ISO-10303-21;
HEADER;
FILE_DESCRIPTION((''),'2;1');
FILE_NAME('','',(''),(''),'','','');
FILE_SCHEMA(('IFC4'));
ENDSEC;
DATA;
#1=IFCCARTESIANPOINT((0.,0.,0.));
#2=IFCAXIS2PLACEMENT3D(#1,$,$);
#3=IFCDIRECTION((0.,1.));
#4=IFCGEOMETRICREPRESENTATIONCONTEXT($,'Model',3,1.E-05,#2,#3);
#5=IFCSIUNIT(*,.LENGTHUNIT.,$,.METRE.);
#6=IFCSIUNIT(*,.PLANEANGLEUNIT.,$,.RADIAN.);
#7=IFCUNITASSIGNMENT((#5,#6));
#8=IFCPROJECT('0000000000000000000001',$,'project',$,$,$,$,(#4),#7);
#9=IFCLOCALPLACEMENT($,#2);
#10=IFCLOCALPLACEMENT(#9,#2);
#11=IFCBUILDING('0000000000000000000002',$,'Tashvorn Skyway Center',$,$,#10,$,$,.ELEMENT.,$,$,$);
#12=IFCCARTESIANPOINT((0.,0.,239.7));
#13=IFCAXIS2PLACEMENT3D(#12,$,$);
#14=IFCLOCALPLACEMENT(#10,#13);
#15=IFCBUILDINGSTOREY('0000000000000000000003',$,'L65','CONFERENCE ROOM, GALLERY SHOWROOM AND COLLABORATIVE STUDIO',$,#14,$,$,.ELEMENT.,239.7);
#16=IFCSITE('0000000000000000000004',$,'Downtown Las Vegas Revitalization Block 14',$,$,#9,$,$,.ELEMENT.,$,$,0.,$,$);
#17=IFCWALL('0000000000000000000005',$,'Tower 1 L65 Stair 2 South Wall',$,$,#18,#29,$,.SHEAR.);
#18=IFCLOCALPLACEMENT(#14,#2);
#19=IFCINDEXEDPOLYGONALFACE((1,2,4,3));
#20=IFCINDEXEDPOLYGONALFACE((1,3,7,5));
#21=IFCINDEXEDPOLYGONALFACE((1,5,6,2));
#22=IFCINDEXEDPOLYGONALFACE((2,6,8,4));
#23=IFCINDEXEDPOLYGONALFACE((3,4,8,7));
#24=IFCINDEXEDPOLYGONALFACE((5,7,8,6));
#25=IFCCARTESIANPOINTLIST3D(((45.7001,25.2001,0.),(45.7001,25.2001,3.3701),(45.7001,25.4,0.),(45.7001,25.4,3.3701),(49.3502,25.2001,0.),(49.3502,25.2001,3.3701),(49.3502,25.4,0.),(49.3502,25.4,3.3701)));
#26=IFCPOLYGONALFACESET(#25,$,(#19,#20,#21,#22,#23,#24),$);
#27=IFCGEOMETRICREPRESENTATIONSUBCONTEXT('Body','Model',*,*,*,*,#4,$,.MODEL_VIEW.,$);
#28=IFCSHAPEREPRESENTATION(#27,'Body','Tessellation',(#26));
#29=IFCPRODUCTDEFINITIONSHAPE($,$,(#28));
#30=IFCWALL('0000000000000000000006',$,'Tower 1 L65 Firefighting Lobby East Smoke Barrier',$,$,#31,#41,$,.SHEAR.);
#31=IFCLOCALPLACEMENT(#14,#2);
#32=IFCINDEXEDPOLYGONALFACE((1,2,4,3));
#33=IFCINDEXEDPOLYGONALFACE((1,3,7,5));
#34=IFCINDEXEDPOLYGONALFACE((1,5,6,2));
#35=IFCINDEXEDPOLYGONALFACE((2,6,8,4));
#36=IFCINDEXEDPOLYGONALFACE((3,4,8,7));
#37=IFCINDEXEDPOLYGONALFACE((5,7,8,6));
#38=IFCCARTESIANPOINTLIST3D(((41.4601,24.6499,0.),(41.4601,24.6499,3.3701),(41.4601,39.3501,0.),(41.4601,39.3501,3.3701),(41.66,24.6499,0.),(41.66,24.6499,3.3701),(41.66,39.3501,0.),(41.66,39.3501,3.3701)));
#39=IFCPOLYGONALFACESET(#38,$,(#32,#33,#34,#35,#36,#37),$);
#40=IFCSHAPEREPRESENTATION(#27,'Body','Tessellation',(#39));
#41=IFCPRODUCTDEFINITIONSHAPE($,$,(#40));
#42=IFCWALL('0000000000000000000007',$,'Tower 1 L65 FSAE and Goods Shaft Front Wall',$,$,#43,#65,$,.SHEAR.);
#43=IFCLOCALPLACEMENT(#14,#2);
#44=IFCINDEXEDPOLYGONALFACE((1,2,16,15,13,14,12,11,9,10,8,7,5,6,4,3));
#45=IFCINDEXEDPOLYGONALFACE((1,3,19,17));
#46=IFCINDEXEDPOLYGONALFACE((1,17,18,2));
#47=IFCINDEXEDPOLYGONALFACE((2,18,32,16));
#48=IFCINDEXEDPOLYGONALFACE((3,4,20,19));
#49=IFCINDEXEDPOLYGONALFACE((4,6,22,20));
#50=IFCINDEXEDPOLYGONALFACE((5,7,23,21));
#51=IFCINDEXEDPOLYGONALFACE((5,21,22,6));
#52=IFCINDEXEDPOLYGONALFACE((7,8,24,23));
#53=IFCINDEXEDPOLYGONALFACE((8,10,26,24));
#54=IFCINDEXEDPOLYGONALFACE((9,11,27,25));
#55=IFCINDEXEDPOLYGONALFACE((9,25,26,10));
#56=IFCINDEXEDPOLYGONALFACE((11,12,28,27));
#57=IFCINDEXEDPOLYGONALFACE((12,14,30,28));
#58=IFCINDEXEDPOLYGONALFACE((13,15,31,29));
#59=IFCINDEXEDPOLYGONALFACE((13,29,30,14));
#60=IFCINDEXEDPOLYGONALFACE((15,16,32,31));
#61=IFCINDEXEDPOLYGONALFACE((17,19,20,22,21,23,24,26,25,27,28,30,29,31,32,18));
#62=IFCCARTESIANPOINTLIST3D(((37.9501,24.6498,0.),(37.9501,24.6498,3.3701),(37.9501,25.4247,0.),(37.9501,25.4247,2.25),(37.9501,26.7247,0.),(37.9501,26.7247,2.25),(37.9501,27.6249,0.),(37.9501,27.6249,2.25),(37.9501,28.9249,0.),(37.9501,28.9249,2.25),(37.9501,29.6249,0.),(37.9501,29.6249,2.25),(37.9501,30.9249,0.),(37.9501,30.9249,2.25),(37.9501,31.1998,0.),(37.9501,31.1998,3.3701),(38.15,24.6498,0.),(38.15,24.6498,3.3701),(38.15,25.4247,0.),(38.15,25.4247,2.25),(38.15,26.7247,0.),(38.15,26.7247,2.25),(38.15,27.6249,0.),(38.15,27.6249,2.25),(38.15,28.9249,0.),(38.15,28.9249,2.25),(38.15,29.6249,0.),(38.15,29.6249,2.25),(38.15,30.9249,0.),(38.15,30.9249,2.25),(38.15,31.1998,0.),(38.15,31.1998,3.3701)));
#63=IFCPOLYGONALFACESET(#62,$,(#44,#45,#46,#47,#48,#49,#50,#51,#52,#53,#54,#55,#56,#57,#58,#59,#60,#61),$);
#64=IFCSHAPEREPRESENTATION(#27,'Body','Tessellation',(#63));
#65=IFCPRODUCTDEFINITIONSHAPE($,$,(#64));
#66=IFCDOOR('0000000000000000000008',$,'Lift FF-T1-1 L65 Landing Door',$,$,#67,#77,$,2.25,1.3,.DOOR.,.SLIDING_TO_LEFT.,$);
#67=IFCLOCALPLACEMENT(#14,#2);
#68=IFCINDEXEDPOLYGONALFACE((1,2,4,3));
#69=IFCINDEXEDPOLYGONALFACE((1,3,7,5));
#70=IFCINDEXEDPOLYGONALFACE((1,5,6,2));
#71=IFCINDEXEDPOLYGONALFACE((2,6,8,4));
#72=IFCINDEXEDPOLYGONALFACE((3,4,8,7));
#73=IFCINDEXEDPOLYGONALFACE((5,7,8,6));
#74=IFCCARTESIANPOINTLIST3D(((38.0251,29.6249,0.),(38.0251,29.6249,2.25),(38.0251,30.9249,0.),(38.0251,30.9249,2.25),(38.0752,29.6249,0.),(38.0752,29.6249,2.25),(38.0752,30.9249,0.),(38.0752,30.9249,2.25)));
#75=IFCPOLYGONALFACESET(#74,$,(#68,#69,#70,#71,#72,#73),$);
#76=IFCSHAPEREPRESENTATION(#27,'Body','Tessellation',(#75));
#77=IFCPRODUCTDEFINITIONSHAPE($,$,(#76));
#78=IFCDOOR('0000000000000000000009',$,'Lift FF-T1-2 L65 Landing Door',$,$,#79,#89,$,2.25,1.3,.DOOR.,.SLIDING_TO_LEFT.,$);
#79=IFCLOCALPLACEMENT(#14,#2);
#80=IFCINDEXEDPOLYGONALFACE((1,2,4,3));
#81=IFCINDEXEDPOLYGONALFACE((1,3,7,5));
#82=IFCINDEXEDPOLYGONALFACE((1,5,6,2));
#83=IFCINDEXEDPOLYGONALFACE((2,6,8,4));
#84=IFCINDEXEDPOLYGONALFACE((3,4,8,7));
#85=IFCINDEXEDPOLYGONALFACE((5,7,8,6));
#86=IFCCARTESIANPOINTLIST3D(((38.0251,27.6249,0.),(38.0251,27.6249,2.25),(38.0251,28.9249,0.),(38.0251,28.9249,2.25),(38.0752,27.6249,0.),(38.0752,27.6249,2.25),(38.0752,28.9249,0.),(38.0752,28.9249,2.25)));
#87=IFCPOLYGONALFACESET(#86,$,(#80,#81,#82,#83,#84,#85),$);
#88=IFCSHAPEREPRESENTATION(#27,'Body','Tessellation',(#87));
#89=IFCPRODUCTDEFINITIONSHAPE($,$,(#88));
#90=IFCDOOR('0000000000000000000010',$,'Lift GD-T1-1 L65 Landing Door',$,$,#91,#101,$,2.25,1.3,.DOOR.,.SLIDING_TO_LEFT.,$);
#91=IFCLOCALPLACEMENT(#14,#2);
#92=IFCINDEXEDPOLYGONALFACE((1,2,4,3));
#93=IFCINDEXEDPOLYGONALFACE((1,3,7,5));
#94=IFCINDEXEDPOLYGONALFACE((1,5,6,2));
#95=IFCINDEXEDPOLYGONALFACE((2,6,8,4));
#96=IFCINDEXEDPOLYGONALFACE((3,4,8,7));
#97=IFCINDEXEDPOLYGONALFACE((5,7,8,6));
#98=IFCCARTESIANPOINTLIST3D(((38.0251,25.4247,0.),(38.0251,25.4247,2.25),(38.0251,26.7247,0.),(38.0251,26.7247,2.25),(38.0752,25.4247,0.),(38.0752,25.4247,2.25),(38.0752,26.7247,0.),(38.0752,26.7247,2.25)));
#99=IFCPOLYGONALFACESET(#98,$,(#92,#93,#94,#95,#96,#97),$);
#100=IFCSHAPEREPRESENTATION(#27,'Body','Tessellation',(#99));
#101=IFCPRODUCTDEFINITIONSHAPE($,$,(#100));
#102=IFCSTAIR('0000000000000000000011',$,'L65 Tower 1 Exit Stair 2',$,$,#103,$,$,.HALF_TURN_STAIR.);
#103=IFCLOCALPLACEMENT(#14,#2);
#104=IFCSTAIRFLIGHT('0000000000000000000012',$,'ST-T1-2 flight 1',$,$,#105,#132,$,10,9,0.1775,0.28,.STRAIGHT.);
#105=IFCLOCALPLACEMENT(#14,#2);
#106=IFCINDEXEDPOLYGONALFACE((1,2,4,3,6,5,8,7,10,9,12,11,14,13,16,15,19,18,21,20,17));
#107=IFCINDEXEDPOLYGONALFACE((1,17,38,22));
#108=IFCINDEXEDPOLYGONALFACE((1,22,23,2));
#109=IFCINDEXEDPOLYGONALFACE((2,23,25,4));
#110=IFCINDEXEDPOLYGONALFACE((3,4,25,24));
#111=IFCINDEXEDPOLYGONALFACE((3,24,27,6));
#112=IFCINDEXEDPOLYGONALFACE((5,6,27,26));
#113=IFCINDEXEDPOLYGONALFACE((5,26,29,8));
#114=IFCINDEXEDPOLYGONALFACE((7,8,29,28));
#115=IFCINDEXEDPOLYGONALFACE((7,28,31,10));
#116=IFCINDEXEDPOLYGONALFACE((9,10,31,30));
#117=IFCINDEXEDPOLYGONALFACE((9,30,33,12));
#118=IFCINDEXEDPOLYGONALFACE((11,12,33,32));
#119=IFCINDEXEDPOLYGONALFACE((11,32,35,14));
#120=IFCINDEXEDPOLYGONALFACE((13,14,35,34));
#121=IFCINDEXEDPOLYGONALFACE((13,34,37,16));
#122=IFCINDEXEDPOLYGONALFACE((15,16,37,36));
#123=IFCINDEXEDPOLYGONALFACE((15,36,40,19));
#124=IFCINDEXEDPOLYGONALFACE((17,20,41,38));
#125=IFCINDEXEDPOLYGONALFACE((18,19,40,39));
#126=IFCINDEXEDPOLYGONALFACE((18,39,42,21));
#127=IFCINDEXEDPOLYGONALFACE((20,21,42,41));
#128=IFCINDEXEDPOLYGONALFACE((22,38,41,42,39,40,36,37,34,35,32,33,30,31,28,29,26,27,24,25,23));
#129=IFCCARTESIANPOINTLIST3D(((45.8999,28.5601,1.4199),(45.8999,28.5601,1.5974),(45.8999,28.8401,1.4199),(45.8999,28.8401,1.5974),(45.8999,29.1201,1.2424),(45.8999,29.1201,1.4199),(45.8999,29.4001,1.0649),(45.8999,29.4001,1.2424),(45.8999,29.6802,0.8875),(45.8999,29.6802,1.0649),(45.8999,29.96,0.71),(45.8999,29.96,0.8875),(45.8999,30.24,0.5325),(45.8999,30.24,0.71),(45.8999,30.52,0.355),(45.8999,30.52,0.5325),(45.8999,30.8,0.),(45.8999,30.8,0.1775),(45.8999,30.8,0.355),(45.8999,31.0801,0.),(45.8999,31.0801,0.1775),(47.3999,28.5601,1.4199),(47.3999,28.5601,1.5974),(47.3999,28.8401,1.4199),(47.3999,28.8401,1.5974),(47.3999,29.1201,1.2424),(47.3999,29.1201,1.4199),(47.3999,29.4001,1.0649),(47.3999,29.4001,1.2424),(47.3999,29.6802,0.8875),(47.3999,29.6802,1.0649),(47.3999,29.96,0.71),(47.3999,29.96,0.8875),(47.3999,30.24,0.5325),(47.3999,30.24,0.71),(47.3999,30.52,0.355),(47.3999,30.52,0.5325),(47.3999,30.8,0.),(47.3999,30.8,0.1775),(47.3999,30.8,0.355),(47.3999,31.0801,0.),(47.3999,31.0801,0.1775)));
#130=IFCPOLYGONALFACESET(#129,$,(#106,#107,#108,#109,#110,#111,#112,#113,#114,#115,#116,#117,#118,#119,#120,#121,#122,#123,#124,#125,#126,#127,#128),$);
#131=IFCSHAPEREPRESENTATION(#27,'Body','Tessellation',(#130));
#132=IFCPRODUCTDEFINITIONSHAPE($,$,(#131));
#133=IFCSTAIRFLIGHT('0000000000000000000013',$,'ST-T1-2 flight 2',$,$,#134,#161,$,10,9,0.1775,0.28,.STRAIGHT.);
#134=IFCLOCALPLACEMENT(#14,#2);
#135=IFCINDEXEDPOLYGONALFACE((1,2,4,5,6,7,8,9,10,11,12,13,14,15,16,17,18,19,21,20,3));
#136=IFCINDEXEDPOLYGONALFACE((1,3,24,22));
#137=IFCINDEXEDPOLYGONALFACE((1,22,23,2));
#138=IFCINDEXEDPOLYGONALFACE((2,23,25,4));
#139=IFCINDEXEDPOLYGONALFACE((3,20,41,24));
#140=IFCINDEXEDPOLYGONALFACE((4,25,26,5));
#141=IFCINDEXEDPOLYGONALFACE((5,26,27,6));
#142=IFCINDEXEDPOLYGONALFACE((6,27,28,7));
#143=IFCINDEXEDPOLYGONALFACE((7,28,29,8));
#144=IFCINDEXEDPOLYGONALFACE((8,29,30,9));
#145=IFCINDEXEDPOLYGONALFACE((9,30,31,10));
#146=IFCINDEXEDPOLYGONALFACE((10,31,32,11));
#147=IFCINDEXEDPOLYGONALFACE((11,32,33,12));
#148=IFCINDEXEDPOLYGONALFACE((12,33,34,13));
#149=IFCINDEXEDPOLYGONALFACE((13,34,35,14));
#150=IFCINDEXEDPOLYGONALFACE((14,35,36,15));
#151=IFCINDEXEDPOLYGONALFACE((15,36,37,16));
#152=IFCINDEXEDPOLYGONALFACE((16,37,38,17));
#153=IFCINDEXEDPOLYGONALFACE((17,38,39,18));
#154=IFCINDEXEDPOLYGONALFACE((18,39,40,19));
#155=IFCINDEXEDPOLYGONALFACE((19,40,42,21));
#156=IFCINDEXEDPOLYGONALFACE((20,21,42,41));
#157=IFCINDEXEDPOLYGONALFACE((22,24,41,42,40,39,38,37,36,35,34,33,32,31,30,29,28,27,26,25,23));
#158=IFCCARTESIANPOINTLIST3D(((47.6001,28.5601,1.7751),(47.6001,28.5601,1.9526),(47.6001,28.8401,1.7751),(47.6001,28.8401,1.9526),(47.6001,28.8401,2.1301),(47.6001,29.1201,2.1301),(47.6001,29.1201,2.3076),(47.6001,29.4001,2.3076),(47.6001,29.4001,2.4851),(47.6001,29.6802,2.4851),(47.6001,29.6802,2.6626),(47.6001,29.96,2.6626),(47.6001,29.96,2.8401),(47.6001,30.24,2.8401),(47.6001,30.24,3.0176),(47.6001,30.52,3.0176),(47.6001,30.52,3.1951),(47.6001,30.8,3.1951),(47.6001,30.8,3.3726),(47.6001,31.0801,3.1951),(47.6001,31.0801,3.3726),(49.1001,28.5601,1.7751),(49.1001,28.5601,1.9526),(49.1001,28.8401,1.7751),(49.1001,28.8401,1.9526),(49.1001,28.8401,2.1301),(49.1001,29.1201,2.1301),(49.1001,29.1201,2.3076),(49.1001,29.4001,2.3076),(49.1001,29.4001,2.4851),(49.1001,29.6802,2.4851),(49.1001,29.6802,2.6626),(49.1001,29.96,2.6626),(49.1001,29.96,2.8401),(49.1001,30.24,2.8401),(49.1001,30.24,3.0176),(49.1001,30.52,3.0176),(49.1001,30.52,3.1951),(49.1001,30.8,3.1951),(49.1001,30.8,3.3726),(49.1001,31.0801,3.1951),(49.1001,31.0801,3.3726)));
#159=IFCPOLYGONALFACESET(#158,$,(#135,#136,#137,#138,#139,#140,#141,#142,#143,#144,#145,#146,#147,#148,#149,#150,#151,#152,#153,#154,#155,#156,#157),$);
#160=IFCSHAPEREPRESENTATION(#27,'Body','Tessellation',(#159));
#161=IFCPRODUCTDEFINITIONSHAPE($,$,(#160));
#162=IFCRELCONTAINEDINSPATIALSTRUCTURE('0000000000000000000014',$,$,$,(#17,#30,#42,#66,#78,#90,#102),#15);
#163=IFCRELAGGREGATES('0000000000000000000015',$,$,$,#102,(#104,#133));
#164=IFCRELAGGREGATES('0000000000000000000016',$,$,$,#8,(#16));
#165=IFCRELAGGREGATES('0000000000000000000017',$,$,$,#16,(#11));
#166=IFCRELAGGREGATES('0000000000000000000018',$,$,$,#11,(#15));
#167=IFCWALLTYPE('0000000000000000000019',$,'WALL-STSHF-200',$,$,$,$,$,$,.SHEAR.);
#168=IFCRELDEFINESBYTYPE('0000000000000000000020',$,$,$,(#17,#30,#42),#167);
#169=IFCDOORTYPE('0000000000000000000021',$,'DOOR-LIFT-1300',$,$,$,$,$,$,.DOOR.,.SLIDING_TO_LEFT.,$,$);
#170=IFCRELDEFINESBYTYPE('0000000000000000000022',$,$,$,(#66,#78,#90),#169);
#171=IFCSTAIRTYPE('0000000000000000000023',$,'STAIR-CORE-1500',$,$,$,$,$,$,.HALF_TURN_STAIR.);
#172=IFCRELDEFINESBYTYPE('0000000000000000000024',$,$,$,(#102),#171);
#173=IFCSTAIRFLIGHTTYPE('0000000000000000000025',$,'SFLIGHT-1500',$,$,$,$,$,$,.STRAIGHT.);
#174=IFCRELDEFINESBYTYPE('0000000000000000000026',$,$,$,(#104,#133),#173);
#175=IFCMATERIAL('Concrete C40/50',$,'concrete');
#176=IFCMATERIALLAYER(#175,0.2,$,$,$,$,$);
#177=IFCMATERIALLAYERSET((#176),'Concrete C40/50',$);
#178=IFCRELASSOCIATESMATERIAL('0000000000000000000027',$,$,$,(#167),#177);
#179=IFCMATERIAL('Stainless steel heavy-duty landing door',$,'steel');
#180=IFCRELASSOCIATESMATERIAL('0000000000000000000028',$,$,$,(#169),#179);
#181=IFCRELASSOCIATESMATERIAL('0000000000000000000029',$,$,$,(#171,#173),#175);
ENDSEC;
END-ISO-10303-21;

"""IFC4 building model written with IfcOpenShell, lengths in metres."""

from ifc_helpers import new_model, si_unit, direction, frame, frame_2d, origin, place, context, subcontext, project, spatial, polyline, rectangle, outline, extrude, material, layer, layer_set, type_object, element, fill, aggregate, save


model = new_model("IFC4")

# Units and contexts
model_context = context("Model", 3, precision=1e-05, world=origin(), true_north=direction((0.0, 1.0)))
body_context = subcontext(model_context, "Body", "Model", "MODEL_VIEW")
ifc_project = project(units=[si_unit("LENGTHUNIT", "METRE"), si_unit("PLANEANGLEUNIT", "RADIAN")], contexts=[model_context])

# Site, building, storey
site_placement = place(None, origin())
site = spatial("IfcSite", under=ifc_project, at=site_placement, Name="Downtown Las Vegas Revitalization Block 14", CompositionType="ELEMENT", RefElevation=0.0)
building_placement = place(site_placement, origin())
building = spatial("IfcBuilding", under=site, at=building_placement, Name="Tashvorn Skyway Center", CompositionType="ELEMENT")
storey_placement = place(building_placement, frame((0.0, 0.0, 239.7)))
storey = spatial("IfcBuildingStorey", under=building, at=storey_placement, Name="L65", Description="CONFERENCE ROOM, GALLERY SHOWROOM AND COLLABORATIVE STUDIO", CompositionType="ELEMENT", Elevation=239.7)

# Shared definitions
ifc_material_1 = material(Name="Concrete C40/50", Category="concrete")

# Shared definitions
ifc_layer_1 = layer(ifc_material_1, 0.2)
ifc_layer_set_1 = layer_set([ifc_layer_1], Name="Concrete C40/50")
wall_type_1 = type_object("IfcWallType", Name="WALL-STSHF-200", PredefinedType="SHEAR", material=ifc_layer_set_1)

# Walls
wall_1_placement = place(storey_placement, frame((45.7, 25.3, 0.0), z_axis=(0.0, 0.0, 1.0), x_axis=(1.0, 0.0, 0.0)))
element("IfcWall", 1, at=wall_1_placement, inside=storey, type_object=wall_type_1, Name="Tower 1 L65 Stair 2 South Wall", PredefinedType="SHEAR", context=body_context, shape_type="SweptSolid", body=[
    extrude(rectangle(XDim=3.6501, YDim=0.2, at=frame_2d((1.8252, 0.0))), origin(), (0.0, 0.0, 1.0), 3.3701),
])
wall_2_placement = place(storey_placement, frame((41.5601, 24.6499, 0.0), z_axis=(0.0, 0.0, 1.0), x_axis=(0.0, 1.0, 0.0)))
element("IfcWall", 2, at=wall_2_placement, inside=storey, type_object=wall_type_1, Name="Tower 1 L65 Firefighting Lobby East Smoke Barrier", PredefinedType="SHEAR", context=body_context, shape_type="SweptSolid", body=[
    extrude(rectangle(XDim=14.7002, YDim=0.2, at=frame_2d((7.3501, 0.0))), origin(), (0.0, 0.0, 1.0), 3.3701),
])

# Wall, openings, doors
wall_3_placement = place(storey_placement, frame((38.05, 24.6499, 0.0), z_axis=(0.0, 0.0, 1.0), x_axis=(0.0, 1.0, 0.0)))
wall_3 = element("IfcWall", 3, at=wall_3_placement, inside=storey, type_object=wall_type_1, Name="Tower 1 L65 FSAE and Goods Shaft Front Wall", PredefinedType="SHEAR", context=body_context, shape_type="SweptSolid", body=[
    extrude(rectangle(XDim=6.55, YDim=0.2, at=frame_2d((3.2749, 0.0))), origin(), (0.0, 0.0, 1.0), 3.3701),
])
opening_1_placement = place(wall_3_placement, frame((4.9751, 0.0, 0.0)))
opening_1 = element("IfcOpeningElement", 4, at=opening_1_placement, cuts=wall_3, PredefinedType="OPENING", context=body_context, shape_type="SweptSolid", body=[
    extrude(rectangle(XDim=1.3, YDim=2.25, at=frame_2d((0.6499, 1.125))), frame((0.0, 0.1099, 0.0), z_axis=(0.0, -1.0, 0.0), x_axis=(1.0, 0.0, 0.0)), (0.0, 0.0, 1.0), 0.22),
])
opening_2_placement = place(wall_3_placement, frame((2.9751, 0.0, 0.0)))
opening_2 = element("IfcOpeningElement", 5, at=opening_2_placement, cuts=wall_3, PredefinedType="OPENING", context=body_context, shape_type="SweptSolid", body=[
    extrude(rectangle(XDim=1.3, YDim=2.25, at=frame_2d((0.6499, 1.125))), frame((0.0, 0.1099, 0.0), z_axis=(0.0, -1.0, 0.0), x_axis=(1.0, 0.0, 0.0)), (0.0, 0.0, 1.0), 0.22),
])
opening_3_placement = place(wall_3_placement, frame((0.7749, 0.0, 0.0)))
opening_3 = element("IfcOpeningElement", 6, at=opening_3_placement, cuts=wall_3, PredefinedType="OPENING", context=body_context, shape_type="SweptSolid", body=[
    extrude(rectangle(XDim=1.3, YDim=2.25, at=frame_2d((0.6499, 1.125))), frame((0.0, 0.1099, 0.0), z_axis=(0.0, -1.0, 0.0), x_axis=(1.0, 0.0, 0.0)), (0.0, 0.0, 1.0), 0.22),
])
ifc_material_2 = material(Name="Stainless steel heavy-duty landing door", Category="steel")
door_type_1 = type_object("IfcDoorType", Name="DOOR-LIFT-1300", OperationType="SLIDING_TO_LEFT", PredefinedType="DOOR", material=ifc_material_2)
door_1_placement = place(opening_1_placement, origin())
door_1 = element("IfcDoor", 7, at=door_1_placement, inside=storey, type_object=door_type_1, Name="Lift FF-T1-1 L65 Landing Door", OperationType="SLIDING_TO_LEFT", OverallHeight=2.25, OverallWidth=1.3, PredefinedType="DOOR", context=body_context, shape_type="SweptSolid", body=[
    extrude(rectangle(XDim=1.3, YDim=2.25, at=frame_2d((0.6499, 1.125))), frame((0.0, 0.0249, 0.0), z_axis=(0.0, -1.0, 0.0), x_axis=(1.0, 0.0, 0.0)), (0.0, 0.0, 1.0), 0.05),
])
fill(opening_1, door_1)
door_2_placement = place(opening_2_placement, origin())
door_2 = element("IfcDoor", 8, at=door_2_placement, inside=storey, type_object=door_type_1, Name="Lift FF-T1-2 L65 Landing Door", OperationType="SLIDING_TO_LEFT", OverallHeight=2.25, OverallWidth=1.3, PredefinedType="DOOR", context=body_context, shape_type="SweptSolid", body=[
    extrude(rectangle(XDim=1.3, YDim=2.25, at=frame_2d((0.6499, 1.125))), frame((0.0, 0.0249, 0.0), z_axis=(0.0, -1.0, 0.0), x_axis=(1.0, 0.0, 0.0)), (0.0, 0.0, 1.0), 0.05),
])
fill(opening_2, door_2)
door_3_placement = place(opening_3_placement, origin())
door_3 = element("IfcDoor", 9, at=door_3_placement, inside=storey, type_object=door_type_1, Name="Lift GD-T1-1 L65 Landing Door", OperationType="SLIDING_TO_LEFT", OverallHeight=2.25, OverallWidth=1.3, PredefinedType="DOOR", context=body_context, shape_type="SweptSolid", body=[
    extrude(rectangle(XDim=1.3, YDim=2.25, at=frame_2d((0.6499, 1.125))), frame((0.0, 0.0249, 0.0), z_axis=(0.0, -1.0, 0.0), x_axis=(1.0, 0.0, 0.0)), (0.0, 0.0, 1.0), 0.05),
])
fill(opening_3, door_3)

# Stair, stair flights
stair_type = type_object("IfcStairType", Name="STAIR-CORE-1500", PredefinedType="HALF_TURN_STAIR", material=ifc_material_1)
stair_placement = place(storey_placement, origin())
stair = element("IfcStair", 10, at=stair_placement, inside=storey, type_object=stair_type, Name="L65 Tower 1 Exit Stair 2", PredefinedType="HALF_TURN_STAIR")
stair_flight_type = type_object("IfcStairFlightType", Name="SFLIGHT-1500", PredefinedType="STRAIGHT", material=ifc_material_1)
stair_flight_1_placement = place(storey_placement, frame((46.6499, 31.0801, 0.0), z_axis=(0.0, 0.0, 1.0), x_axis=(0.0, -1.0, 0.0)))
stair_flight_1 = element("IfcStairFlight", 11, at=stair_flight_1_placement, type_object=stair_flight_type, Name="ST-T1-2 flight 1", NumberOfRisers=10, NumberOfTreads=9, PredefinedType="STRAIGHT", RiserHeight=0.1775, TreadLength=0.28, context=body_context, shape_type="SweptSolid", body=[
    extrude(outline(polyline([(0.0, 0.0), (0.0, 0.1775), (0.28, 0.1775), (0.28, 0.355), (0.5601, 0.355), (0.5601, 0.5325), (0.8401, 0.5325), (0.8401, 0.71), (1.1201, 0.71), (1.1201, 0.8875), (1.3999, 0.8875), (1.3999, 1.0649), (1.6799, 1.0649), (1.6799, 1.2424), (1.96, 1.2424), (1.96, 1.4199), (2.24, 1.4199), (2.24, 1.5974), (2.52, 1.5974), (2.52, 1.7749), (2.52, 1.4199), (0.28, 0.0), (0.0, 0.0)])), frame((0.0, 0.75, 0.0), z_axis=(0.0, -1.0, 0.0), x_axis=(1.0, 0.0, 0.0)), (0.0, 0.0, 1.0), 1.5),
])
stair_flight_2_placement = place(storey_placement, frame((48.3501, 28.5601, 1.7751), z_axis=(0.0, 0.0, 1.0), x_axis=(0.0, 1.0, 0.0)))
stair_flight_2 = element("IfcStairFlight", 12, at=stair_flight_2_placement, type_object=stair_flight_type, Name="ST-T1-2 flight 2", NumberOfRisers=10, NumberOfTreads=9, PredefinedType="STRAIGHT", RiserHeight=0.1775, TreadLength=0.28, context=body_context, shape_type="SweptSolid", body=[
    extrude(outline(polyline([(0.0, 0.0), (0.0, 0.1775), (0.28, 0.1775), (0.28, 0.355), (0.5601, 0.355), (0.5601, 0.5325), (0.8401, 0.5325), (0.8401, 0.71), (1.1201, 0.71), (1.1201, 0.8875), (1.3999, 0.8875), (1.3999, 1.0649), (1.6799, 1.0649), (1.6799, 1.2424), (1.96, 1.2424), (1.96, 1.4199), (2.24, 1.4199), (2.24, 1.5974), (2.52, 1.5974), (2.52, 1.7749), (2.52, 1.4199), (0.28, 0.0), (0.0, 0.0)])), frame((0.0, 0.75, 0.0), z_axis=(0.0, -1.0, 0.0), x_axis=(1.0, 0.0, 0.0)), (0.0, 0.0, 1.0), 1.5),
])
aggregate(stair, [stair_flight_1, stair_flight_2])

save(model, "model.ifc")
